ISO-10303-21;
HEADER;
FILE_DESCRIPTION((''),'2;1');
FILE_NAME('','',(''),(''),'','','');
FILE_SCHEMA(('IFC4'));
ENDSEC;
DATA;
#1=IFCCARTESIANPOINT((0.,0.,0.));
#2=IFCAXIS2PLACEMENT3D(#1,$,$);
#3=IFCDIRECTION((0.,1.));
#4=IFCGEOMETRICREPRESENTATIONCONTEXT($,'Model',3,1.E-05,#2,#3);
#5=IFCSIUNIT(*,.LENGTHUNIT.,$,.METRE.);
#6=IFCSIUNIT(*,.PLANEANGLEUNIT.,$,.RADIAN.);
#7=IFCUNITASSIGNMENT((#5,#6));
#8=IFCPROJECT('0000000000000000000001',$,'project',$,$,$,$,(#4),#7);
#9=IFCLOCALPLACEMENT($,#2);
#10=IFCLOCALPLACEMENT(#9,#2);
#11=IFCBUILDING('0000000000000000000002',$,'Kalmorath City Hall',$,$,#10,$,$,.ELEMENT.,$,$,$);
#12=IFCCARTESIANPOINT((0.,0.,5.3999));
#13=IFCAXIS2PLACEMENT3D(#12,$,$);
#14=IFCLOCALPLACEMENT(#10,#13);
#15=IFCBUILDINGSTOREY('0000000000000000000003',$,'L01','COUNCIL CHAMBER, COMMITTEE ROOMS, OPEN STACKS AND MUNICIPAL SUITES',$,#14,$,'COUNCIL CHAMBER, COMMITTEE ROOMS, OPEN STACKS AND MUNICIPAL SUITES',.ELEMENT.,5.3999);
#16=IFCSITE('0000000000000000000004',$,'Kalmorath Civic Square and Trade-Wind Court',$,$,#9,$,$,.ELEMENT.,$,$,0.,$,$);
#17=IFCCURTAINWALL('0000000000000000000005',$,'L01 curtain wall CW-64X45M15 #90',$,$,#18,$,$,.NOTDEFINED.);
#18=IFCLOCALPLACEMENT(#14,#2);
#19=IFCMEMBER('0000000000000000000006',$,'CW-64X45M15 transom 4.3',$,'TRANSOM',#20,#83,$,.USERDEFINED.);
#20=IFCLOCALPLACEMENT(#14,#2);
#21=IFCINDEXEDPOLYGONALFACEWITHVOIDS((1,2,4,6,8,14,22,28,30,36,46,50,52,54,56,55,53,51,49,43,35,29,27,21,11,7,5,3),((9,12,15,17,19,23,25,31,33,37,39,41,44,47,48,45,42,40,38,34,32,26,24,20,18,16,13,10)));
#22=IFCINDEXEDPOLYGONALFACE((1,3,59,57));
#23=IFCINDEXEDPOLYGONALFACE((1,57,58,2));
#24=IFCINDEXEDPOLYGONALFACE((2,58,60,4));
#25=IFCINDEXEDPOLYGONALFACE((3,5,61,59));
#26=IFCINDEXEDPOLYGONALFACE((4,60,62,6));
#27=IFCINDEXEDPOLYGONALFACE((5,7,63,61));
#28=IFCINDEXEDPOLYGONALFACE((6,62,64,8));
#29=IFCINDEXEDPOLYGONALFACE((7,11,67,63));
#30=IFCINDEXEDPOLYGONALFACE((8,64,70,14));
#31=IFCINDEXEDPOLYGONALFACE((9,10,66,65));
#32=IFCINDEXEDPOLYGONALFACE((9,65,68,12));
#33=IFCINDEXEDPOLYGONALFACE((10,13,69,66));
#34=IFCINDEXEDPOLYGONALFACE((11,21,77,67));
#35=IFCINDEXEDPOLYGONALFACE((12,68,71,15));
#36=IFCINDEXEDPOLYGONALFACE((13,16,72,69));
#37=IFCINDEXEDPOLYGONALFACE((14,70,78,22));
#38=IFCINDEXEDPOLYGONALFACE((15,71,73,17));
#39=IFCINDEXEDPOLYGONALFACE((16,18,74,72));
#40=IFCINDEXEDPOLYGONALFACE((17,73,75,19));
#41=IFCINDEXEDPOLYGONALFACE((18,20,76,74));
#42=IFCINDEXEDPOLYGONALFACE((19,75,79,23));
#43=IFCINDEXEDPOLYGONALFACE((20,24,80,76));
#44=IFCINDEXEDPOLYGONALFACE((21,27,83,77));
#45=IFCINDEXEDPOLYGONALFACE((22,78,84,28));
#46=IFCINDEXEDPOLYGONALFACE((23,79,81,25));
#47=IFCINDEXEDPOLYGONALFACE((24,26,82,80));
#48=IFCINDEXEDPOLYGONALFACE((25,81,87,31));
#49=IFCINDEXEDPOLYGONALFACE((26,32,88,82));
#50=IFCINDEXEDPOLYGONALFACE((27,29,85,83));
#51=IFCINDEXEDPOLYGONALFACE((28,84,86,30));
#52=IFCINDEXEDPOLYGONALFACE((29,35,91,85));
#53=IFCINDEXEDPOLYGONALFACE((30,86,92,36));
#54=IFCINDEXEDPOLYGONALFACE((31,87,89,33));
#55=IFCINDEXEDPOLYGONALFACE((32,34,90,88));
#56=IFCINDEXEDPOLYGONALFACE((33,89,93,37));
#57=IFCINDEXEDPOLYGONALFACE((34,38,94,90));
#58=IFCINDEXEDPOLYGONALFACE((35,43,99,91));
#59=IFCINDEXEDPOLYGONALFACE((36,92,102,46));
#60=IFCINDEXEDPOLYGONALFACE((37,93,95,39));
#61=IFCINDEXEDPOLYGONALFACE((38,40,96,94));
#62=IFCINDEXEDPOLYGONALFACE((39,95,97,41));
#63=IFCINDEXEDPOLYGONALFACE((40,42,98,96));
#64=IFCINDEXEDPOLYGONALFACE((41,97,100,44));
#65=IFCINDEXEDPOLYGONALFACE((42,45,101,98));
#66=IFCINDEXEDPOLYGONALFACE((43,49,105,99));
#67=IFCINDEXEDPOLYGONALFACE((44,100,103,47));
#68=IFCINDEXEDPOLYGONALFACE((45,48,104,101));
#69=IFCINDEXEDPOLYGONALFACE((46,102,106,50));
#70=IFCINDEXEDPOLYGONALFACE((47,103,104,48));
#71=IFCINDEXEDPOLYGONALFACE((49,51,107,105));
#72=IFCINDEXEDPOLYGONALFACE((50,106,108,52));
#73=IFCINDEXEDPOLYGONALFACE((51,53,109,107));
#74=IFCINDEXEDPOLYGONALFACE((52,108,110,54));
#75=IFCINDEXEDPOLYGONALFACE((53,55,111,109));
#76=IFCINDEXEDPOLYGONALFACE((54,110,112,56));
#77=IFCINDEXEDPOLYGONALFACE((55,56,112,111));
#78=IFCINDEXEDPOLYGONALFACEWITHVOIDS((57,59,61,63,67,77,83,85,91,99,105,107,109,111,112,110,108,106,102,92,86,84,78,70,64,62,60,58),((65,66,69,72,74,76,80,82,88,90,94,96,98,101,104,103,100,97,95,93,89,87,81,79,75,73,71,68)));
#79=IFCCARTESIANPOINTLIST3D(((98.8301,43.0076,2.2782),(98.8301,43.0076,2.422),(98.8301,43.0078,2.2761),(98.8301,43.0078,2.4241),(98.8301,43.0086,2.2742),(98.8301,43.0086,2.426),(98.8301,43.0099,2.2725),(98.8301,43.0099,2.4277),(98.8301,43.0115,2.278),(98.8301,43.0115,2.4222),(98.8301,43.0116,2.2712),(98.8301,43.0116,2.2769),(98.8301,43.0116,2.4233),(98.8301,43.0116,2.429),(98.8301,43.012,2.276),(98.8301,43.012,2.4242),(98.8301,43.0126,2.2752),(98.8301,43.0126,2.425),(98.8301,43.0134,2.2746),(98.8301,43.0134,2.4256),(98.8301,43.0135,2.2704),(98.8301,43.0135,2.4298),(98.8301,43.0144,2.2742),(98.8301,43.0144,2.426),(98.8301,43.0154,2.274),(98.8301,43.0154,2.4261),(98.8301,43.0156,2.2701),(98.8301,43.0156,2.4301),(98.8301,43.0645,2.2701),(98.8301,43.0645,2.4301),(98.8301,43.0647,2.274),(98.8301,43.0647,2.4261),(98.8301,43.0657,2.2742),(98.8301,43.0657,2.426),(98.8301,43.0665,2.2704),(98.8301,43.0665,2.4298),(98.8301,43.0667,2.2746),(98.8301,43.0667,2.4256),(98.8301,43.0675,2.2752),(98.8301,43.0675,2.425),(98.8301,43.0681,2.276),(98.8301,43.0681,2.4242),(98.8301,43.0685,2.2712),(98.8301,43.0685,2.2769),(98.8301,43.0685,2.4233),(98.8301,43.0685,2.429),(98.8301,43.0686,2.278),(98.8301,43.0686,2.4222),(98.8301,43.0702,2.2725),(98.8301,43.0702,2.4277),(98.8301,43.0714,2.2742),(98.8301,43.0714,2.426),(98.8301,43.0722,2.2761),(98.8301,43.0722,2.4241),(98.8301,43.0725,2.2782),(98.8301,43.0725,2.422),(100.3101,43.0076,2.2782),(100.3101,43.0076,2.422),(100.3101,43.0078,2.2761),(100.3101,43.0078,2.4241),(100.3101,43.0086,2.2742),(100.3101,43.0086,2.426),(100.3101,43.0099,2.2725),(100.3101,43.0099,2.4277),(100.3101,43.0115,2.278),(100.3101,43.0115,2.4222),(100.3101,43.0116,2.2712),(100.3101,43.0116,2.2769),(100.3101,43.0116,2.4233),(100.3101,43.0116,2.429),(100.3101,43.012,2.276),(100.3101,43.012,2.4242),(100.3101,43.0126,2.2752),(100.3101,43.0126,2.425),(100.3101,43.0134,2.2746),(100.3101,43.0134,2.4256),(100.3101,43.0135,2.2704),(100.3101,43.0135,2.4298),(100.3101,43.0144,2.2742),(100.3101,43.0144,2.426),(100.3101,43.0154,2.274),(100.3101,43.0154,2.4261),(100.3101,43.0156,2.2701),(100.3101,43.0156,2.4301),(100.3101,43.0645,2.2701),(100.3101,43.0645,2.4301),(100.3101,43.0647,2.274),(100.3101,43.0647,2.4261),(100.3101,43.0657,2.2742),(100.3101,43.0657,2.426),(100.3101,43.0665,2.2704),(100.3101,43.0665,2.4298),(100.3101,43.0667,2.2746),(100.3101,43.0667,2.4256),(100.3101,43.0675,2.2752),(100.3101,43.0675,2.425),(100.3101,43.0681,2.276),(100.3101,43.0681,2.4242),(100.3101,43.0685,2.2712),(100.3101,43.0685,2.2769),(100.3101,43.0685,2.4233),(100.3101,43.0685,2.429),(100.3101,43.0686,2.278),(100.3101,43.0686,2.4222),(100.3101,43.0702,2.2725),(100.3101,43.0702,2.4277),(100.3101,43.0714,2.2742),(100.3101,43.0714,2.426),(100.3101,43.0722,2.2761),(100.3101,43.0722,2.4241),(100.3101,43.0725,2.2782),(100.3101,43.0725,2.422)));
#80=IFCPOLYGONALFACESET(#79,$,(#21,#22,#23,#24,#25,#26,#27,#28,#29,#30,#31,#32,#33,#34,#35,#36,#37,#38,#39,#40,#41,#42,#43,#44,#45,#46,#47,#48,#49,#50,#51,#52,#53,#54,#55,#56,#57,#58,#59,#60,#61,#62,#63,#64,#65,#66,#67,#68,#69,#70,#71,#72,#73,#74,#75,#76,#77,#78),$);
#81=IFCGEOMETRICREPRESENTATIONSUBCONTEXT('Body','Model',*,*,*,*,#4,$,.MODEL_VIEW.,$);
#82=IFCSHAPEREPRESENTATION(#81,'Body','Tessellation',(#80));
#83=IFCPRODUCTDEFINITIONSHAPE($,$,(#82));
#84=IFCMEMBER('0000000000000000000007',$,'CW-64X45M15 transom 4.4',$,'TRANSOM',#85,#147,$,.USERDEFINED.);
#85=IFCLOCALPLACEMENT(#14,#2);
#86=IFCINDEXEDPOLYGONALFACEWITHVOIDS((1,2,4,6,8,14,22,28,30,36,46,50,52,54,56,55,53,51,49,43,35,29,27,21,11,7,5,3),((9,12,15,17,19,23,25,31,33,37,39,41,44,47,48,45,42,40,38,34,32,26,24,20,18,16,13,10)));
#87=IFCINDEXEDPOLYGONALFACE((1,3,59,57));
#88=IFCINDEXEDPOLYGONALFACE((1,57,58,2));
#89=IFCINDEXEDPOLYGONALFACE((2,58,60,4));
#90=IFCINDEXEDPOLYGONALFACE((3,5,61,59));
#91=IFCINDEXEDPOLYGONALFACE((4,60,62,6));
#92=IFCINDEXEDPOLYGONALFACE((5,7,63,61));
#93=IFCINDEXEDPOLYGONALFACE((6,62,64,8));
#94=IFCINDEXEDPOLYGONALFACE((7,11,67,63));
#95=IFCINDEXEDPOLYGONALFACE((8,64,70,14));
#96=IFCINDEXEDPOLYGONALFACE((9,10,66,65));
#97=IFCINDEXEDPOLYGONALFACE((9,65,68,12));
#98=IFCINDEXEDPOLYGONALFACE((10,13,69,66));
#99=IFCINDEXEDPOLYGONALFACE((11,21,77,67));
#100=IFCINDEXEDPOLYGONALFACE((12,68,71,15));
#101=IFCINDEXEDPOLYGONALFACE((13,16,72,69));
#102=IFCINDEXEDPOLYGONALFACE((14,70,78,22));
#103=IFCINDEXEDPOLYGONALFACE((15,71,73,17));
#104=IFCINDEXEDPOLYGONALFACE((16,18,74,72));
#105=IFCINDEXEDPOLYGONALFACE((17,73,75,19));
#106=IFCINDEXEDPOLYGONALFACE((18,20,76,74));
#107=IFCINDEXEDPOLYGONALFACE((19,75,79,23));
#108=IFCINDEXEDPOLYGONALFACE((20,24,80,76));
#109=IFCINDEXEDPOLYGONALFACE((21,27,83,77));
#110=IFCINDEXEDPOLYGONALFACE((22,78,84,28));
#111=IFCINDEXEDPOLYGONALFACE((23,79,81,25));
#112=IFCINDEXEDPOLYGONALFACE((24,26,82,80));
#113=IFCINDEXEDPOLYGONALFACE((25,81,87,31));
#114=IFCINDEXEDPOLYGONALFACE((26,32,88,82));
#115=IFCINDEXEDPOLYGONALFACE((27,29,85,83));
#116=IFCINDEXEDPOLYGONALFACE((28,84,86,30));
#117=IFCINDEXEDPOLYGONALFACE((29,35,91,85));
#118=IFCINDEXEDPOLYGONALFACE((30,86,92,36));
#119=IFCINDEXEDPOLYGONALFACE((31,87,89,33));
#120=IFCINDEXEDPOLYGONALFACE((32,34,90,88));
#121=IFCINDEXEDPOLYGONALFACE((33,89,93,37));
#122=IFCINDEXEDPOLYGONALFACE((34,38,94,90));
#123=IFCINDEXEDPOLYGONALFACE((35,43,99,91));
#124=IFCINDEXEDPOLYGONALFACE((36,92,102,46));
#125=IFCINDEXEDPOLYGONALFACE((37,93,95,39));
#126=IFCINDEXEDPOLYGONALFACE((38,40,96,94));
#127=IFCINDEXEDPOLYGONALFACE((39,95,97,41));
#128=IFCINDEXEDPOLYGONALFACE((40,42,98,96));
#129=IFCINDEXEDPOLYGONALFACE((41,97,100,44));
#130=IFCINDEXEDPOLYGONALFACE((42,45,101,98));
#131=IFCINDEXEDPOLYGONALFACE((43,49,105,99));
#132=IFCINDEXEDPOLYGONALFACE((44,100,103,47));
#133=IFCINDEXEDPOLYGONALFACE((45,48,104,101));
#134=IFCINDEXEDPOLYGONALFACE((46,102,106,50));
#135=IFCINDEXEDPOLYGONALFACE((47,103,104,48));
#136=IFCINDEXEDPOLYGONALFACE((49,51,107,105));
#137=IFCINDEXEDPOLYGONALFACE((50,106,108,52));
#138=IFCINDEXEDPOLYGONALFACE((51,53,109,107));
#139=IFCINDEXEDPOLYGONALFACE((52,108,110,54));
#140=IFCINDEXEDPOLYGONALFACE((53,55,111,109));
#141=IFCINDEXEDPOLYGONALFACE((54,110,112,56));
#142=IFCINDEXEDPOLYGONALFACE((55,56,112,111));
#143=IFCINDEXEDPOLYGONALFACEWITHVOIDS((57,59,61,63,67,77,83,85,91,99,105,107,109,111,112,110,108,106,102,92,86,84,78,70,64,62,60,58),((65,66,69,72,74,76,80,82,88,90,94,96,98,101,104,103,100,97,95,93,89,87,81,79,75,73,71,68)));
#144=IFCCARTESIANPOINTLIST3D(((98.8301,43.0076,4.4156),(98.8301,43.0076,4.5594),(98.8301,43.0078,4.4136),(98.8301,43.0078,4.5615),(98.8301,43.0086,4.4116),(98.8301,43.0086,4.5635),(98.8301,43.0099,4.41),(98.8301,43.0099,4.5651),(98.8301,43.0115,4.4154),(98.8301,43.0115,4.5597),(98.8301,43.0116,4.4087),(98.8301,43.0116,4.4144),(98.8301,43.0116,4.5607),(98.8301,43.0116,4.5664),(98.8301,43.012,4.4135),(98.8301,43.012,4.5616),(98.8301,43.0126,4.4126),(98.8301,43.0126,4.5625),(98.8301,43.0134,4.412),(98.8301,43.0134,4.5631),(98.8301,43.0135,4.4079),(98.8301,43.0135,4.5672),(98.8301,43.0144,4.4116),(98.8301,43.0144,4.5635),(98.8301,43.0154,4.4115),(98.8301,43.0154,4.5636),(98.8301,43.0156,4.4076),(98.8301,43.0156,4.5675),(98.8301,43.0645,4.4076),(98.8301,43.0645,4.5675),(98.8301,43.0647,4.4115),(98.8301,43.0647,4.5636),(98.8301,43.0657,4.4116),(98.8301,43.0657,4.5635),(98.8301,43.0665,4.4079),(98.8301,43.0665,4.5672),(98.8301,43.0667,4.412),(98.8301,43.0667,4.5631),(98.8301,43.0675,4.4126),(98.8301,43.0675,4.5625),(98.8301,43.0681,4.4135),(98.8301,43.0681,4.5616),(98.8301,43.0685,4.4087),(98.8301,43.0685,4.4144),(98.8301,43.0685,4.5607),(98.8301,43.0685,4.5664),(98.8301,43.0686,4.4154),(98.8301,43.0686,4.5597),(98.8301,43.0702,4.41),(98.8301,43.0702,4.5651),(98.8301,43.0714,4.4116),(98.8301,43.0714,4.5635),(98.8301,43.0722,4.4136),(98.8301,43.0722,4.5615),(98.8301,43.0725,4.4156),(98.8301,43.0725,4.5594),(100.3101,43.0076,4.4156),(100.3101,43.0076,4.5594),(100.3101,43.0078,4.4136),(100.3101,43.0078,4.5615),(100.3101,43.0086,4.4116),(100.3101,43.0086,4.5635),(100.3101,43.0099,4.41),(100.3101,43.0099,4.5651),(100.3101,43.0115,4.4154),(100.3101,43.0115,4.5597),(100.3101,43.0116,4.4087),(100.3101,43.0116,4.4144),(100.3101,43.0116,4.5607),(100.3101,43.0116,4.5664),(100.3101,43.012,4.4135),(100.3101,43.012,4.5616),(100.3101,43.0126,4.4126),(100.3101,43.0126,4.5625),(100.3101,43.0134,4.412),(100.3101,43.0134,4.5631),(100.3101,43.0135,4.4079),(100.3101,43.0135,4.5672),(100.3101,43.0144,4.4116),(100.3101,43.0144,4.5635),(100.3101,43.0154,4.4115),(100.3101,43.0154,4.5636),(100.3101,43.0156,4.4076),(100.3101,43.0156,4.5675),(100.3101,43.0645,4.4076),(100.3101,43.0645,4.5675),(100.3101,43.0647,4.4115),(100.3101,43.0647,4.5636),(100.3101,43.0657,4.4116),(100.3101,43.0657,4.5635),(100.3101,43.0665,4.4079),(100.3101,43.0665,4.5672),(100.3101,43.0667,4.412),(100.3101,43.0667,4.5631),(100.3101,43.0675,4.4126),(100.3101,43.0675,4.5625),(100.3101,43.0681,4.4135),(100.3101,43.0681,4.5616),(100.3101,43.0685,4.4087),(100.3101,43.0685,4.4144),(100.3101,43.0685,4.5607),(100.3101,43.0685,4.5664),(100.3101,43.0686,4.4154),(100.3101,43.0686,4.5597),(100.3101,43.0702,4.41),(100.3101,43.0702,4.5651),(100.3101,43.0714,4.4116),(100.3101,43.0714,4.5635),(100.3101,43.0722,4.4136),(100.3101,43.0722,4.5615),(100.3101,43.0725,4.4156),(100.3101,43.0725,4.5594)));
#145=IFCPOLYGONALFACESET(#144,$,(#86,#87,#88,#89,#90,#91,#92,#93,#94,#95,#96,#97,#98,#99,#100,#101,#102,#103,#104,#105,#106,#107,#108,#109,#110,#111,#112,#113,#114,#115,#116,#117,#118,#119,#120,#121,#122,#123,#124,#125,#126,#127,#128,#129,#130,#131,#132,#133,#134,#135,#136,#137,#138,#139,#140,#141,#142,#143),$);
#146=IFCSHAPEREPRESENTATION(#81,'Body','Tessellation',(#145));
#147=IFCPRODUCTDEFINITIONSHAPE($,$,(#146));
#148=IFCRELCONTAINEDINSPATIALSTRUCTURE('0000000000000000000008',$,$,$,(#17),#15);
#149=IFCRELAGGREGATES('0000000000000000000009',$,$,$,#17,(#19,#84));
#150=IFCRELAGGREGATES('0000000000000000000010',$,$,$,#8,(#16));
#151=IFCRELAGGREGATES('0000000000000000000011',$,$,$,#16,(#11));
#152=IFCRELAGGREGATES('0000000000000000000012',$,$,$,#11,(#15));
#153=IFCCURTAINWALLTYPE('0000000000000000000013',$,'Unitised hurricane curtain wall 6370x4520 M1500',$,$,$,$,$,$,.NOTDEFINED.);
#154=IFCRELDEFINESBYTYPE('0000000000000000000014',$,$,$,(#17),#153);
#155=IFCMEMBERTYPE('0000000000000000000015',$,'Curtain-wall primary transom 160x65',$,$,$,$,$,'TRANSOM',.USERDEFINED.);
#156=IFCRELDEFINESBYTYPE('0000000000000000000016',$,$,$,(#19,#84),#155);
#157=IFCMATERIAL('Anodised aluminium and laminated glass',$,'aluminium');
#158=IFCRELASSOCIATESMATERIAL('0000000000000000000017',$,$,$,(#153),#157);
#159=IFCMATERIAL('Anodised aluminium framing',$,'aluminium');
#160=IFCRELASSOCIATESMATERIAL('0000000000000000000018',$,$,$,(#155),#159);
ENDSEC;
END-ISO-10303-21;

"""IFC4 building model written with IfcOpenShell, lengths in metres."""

from ifc_helpers import new_model, si_unit, direction, frame, origin, origin_2d, place, context, subcontext, project, spatial, hollow_rectangle, extrude, material, material_profile, profile_set, type_object, element, aggregate, save


model = new_model("IFC4")

# Units and contexts
model_context = context("Model", 3, precision=1e-05, world=origin(), true_north=direction((0.0, 1.0)))
body_context = subcontext(model_context, "Body", "Model", "MODEL_VIEW")
ifc_project = project(units=[si_unit("LENGTHUNIT", "METRE"), si_unit("PLANEANGLEUNIT", "RADIAN")], contexts=[model_context])

# Site, building, storey
site_placement = place(None, origin())
site = spatial("IfcSite", under=ifc_project, at=site_placement, Name="Kalmorath Civic Square and Trade-Wind Court", CompositionType="ELEMENT", RefElevation=0.0)
building_placement = place(site_placement, origin())
building = spatial("IfcBuilding", under=site, at=building_placement, Name="Kalmorath City Hall", CompositionType="ELEMENT")
storey_placement = place(building_placement, frame((0.0, 0.0, 5.3999)))
storey = spatial("IfcBuildingStorey", under=building, at=storey_placement, Name="L01", Description="COUNCIL CHAMBER, COMMITTEE ROOMS, OPEN STACKS AND MUNICIPAL SUITES", LongName="COUNCIL CHAMBER, COMMITTEE ROOMS, OPEN STACKS AND MUNICIPAL SUITES", CompositionType="ELEMENT", Elevation=5.3999)

# Curtain wall
ifc_material_1 = material(Name="Anodised aluminium and laminated glass", Category="aluminium")
curtain_wall_type_1 = type_object("IfcCurtainWallType", Name="Unitised hurricane curtain wall 6370x4520 M1500", PredefinedType="NOTDEFINED", material=ifc_material_1)
curtain_wall_1_placement = place(storey_placement, origin())
curtain_wall_1 = element("IfcCurtainWall", 1, at=curtain_wall_1_placement, inside=storey, type_object=curtain_wall_type_1, Name="L01 curtain wall CW-64X45M15 #90", PredefinedType="NOTDEFINED")

# Members
ifc_material_2 = material(Name="Anodised aluminium framing", Category="aluminium")
ifc_material_profile_1 = material_profile(ifc_material_2, hollow_rectangle(XDim=0.0649, YDim=0.1599, WallThickness=0.0039, InnerFilletRadius=0.0039, OuterFilletRadius=0.0081, at=origin_2d()), Name="ALU-TRN-160X65X4")
ifc_profile_set_1 = profile_set([ifc_material_profile_1], Name="Anodised aluminium framing")
member_type_1 = type_object("IfcMemberType", Name="Curtain-wall primary transom 160x65", ElementType="TRANSOM", PredefinedType="USERDEFINED", material=ifc_profile_set_1)
member_1_placement = place(storey_placement, frame((98.8301, 43.04, 2.3501), z_axis=(1.0, 0.0, 0.0), x_axis=(0.0, 1.0, 0.0)))
member_1 = element("IfcMember", 2, at=member_1_placement, type_object=member_type_1, Name="CW-64X45M15 transom 4.3", ObjectType="TRANSOM", PredefinedType="USERDEFINED", context=body_context, shape_type="SweptSolid", body=[
    extrude(hollow_rectangle(XDim=0.0649, YDim=0.1599, WallThickness=0.0039, InnerFilletRadius=0.0039, OuterFilletRadius=0.0081, at=origin_2d()), origin(), (0.0, 0.0, 1.0), 1.48),
])
member_2_placement = place(storey_placement, frame((98.8301, 43.04, 4.4875), z_axis=(1.0, 0.0, 0.0), x_axis=(0.0, 1.0, 0.0)))
member_2 = element("IfcMember", 3, at=member_2_placement, type_object=member_type_1, Name="CW-64X45M15 transom 4.4", ObjectType="TRANSOM", PredefinedType="USERDEFINED", context=body_context, shape_type="SweptSolid", body=[
    extrude(hollow_rectangle(XDim=0.0649, YDim=0.1599, WallThickness=0.0039, InnerFilletRadius=0.0039, OuterFilletRadius=0.0081, at=origin_2d()), origin(), (0.0, 0.0, 1.0), 1.48),
])

aggregate(curtain_wall_1, [member_1, member_2])

save(model, "model.ifc")
